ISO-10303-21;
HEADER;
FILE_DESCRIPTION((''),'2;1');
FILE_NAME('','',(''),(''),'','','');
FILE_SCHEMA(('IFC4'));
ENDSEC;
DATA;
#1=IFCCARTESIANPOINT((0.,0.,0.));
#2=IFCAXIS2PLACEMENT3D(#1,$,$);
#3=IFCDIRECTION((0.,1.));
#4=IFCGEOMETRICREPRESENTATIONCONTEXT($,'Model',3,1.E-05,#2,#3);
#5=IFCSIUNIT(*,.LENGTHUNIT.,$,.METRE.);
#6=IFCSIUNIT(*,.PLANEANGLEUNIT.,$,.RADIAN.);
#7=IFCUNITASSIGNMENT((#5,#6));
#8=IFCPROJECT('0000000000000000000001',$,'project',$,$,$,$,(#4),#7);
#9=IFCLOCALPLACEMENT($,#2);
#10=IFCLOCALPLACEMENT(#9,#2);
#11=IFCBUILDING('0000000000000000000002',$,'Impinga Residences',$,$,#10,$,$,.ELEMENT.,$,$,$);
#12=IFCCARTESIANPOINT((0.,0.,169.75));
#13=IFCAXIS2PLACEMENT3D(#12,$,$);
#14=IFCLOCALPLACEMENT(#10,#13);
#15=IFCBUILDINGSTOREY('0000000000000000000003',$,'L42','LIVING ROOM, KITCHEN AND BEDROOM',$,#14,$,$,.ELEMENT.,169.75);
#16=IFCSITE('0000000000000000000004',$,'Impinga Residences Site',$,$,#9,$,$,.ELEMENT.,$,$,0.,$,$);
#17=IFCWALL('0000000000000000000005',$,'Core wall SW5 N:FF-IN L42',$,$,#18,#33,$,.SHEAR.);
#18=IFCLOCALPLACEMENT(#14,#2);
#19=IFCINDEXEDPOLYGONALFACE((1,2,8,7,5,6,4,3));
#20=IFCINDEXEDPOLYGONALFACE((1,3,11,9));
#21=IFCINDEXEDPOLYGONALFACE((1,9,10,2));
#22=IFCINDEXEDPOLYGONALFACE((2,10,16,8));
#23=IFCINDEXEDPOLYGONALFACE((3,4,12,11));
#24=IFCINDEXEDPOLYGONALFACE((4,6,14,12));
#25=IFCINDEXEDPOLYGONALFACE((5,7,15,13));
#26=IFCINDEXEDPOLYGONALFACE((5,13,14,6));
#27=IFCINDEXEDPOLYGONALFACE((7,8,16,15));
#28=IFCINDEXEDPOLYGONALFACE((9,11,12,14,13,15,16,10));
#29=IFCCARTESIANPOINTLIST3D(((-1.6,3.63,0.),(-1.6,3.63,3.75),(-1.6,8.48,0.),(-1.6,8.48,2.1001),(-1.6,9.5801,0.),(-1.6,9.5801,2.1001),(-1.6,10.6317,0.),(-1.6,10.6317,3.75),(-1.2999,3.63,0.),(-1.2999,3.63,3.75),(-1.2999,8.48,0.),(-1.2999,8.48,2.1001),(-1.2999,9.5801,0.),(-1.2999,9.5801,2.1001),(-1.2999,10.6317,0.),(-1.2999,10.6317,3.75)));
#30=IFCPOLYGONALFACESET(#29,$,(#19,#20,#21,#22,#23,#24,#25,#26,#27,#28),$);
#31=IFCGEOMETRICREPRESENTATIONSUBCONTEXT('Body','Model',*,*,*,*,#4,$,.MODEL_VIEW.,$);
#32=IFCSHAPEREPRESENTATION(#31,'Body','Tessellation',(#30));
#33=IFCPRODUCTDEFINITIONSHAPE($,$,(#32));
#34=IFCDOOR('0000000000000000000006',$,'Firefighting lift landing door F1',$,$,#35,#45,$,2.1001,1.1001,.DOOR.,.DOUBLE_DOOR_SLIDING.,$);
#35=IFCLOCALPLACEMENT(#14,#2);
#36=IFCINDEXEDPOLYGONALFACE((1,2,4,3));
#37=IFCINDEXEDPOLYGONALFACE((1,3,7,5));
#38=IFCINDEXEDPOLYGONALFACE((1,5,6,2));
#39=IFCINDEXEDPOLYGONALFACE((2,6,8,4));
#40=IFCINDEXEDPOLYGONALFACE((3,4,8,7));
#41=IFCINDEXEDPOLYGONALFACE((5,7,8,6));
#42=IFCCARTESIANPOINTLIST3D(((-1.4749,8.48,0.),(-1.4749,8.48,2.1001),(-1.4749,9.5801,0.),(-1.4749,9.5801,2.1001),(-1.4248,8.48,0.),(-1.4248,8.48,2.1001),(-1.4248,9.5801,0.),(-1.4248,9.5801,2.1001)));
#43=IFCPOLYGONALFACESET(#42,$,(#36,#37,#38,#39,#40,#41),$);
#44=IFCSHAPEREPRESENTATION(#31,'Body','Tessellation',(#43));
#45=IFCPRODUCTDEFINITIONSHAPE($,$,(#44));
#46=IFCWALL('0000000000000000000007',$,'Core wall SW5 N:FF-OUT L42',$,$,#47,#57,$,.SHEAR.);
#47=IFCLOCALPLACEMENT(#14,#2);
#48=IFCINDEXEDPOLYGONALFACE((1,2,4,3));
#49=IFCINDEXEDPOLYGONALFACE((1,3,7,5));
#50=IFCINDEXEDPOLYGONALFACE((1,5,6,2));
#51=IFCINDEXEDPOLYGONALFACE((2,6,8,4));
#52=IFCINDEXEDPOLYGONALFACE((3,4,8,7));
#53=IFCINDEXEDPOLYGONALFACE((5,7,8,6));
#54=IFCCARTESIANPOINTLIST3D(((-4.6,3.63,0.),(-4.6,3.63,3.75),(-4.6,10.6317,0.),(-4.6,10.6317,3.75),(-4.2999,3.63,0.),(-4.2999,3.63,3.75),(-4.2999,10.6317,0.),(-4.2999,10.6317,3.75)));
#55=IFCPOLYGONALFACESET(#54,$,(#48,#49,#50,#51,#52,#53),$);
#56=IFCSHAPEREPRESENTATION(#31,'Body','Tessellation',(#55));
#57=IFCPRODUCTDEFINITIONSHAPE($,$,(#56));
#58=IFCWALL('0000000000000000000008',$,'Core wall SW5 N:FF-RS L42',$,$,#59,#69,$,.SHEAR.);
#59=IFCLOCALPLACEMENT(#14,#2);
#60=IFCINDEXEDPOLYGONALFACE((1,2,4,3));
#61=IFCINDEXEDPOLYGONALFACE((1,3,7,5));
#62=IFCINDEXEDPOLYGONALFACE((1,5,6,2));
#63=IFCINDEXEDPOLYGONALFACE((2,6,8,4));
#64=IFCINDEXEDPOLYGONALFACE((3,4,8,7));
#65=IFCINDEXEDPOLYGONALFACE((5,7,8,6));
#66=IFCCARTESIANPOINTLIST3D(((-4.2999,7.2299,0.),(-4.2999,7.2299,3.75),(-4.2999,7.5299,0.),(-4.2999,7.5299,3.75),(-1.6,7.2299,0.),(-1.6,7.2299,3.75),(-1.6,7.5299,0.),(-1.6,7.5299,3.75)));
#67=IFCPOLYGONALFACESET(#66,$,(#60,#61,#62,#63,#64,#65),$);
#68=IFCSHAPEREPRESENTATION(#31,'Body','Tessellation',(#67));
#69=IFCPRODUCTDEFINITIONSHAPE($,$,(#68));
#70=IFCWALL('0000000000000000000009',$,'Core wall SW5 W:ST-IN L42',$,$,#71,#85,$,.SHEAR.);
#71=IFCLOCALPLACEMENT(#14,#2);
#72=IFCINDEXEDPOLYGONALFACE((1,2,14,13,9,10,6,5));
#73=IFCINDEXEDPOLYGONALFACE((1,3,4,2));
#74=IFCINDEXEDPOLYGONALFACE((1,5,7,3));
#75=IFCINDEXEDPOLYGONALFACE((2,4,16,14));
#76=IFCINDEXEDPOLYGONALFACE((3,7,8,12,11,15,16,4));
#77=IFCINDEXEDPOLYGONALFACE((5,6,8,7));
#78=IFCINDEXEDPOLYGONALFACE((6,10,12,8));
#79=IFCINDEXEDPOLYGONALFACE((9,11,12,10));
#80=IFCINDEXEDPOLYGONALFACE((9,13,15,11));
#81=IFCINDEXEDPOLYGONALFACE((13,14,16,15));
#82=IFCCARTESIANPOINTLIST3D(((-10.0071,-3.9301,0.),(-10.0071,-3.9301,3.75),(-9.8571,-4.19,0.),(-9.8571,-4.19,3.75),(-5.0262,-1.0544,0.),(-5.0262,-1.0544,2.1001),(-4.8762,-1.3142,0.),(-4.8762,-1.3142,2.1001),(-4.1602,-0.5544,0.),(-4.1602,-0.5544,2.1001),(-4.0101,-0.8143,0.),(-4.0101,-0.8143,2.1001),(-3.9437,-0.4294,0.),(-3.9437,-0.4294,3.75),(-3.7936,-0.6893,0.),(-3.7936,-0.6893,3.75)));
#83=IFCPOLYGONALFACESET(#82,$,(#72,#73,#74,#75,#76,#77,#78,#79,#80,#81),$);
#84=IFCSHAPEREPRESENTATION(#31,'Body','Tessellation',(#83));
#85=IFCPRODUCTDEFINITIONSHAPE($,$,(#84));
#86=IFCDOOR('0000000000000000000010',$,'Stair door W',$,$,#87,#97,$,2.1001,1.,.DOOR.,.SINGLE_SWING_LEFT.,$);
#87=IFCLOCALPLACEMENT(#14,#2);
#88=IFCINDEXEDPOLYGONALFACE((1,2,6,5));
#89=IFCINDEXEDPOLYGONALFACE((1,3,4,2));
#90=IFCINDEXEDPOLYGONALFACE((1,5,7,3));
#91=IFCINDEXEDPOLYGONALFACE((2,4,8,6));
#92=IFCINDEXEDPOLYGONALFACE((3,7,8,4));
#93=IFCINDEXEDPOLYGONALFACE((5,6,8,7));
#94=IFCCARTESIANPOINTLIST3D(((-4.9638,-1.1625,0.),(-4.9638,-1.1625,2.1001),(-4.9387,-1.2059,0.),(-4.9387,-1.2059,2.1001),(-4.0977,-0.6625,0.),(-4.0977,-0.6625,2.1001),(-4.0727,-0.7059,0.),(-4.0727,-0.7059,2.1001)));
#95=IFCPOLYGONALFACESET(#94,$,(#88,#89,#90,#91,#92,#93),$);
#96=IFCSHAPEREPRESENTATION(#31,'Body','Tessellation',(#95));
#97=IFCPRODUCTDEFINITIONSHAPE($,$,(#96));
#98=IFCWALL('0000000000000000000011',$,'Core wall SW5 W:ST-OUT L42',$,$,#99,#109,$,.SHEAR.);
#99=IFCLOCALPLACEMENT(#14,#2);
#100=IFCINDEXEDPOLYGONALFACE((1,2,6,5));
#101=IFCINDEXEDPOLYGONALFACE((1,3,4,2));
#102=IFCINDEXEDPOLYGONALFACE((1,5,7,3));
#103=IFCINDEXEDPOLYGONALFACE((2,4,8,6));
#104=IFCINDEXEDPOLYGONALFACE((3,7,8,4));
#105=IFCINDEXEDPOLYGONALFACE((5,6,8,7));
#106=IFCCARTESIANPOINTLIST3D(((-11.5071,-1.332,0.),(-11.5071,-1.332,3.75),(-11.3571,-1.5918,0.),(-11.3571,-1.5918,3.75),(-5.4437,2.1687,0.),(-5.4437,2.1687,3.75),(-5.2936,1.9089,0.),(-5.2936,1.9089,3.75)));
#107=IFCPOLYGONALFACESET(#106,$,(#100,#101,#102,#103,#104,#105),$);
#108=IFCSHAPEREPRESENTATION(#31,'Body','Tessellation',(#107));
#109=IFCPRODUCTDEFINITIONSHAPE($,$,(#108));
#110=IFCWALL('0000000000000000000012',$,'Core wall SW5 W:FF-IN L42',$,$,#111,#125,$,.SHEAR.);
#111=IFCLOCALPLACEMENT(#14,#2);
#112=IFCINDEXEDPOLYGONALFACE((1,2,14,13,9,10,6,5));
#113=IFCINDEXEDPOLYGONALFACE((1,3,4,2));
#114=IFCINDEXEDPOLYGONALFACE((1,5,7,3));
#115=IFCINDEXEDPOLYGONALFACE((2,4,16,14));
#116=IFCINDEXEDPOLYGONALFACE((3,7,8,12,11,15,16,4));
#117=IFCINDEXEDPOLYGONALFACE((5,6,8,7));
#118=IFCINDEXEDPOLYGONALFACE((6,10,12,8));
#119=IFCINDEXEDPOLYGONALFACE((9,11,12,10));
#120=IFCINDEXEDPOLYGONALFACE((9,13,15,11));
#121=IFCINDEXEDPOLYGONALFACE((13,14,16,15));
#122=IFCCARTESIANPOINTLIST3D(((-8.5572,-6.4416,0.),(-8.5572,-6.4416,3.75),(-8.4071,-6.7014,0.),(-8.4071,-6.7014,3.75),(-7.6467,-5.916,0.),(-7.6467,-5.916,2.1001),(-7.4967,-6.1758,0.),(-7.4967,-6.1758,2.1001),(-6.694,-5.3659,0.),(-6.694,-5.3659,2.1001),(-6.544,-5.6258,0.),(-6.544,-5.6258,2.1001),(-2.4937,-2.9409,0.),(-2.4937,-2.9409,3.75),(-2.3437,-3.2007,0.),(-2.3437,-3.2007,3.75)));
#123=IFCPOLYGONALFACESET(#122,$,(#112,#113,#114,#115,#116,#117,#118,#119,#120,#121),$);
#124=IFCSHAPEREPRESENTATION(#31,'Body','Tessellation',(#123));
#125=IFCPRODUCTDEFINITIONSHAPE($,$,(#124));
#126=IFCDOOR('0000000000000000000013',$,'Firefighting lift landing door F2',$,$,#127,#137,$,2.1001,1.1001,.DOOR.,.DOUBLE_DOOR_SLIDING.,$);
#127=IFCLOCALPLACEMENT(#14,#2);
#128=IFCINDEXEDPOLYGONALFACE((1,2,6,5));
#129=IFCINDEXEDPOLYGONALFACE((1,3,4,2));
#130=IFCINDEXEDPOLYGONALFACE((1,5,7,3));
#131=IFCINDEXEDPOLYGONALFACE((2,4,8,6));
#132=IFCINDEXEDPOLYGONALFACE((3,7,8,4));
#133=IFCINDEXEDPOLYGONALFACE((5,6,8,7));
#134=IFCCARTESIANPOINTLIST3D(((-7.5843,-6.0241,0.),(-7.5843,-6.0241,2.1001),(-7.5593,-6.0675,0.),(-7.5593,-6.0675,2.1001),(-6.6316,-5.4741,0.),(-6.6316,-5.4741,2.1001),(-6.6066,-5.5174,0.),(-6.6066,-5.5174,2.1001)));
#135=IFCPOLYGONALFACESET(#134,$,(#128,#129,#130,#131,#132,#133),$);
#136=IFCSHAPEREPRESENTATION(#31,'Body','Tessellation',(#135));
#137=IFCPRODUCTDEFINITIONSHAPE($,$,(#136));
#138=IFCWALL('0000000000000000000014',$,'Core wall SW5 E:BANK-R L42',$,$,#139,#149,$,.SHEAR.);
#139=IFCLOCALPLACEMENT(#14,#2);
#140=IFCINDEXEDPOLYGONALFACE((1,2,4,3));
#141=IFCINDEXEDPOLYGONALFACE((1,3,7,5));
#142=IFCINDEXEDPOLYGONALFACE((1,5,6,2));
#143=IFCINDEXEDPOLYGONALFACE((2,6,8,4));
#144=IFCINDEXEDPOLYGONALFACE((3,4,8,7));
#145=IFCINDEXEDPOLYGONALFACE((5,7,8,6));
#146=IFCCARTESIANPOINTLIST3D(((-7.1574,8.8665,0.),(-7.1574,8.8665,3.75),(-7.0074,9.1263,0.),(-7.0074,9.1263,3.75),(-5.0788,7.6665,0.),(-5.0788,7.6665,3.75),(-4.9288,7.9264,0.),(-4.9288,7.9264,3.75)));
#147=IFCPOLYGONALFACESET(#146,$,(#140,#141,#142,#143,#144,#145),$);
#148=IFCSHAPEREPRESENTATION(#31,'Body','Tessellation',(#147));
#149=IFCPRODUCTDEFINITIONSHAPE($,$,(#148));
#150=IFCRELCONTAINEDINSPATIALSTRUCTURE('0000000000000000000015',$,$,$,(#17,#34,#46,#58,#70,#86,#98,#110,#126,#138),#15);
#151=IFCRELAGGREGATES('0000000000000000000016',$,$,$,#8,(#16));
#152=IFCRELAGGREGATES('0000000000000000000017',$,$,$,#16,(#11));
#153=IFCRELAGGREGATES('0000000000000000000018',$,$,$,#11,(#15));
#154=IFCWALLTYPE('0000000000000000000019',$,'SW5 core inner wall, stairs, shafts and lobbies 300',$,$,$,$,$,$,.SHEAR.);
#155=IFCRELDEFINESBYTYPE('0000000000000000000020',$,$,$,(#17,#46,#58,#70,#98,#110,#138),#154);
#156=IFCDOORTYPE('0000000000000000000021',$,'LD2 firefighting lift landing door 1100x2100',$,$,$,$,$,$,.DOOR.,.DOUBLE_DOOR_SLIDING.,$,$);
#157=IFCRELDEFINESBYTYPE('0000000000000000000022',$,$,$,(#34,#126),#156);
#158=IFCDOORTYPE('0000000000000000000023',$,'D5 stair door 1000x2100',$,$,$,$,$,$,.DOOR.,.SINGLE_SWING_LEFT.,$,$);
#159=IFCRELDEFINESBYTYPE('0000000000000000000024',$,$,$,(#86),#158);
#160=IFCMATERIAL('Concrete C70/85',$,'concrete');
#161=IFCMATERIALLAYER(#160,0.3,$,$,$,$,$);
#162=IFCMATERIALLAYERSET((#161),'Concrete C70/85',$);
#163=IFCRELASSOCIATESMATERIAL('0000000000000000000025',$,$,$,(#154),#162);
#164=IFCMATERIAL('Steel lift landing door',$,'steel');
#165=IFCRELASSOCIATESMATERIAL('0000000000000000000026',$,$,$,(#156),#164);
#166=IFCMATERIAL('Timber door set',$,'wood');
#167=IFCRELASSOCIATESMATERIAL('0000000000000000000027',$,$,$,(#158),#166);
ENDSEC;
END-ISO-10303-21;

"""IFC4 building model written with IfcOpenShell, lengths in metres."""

from ifc_helpers import new_model, si_unit, direction, frame, frame_2d, origin, place, context, subcontext, project, spatial, rectangle, extrude, material, layer, layer_set, type_object, element, fill, save


model = new_model("IFC4")

# Units and contexts
model_context = context("Model", 3, precision=1e-05, world=origin(), true_north=direction((0.0, 1.0)))
body_context = subcontext(model_context, "Body", "Model", "MODEL_VIEW")
ifc_project = project(units=[si_unit("LENGTHUNIT", "METRE"), si_unit("PLANEANGLEUNIT", "RADIAN")], contexts=[model_context])

# Site, building, storey
site_placement = place(None, origin())
site = spatial("IfcSite", under=ifc_project, at=site_placement, Name="Impinga Residences Site", CompositionType="ELEMENT", RefElevation=0.0)
building_placement = place(site_placement, origin())
building = spatial("IfcBuilding", under=site, at=building_placement, Name="Impinga Residences", CompositionType="ELEMENT")
storey_placement = place(building_placement, frame((0.0, 0.0, 169.75)))
storey = spatial("IfcBuildingStorey", under=building, at=storey_placement, Name="L42", Description="LIVING ROOM, KITCHEN AND BEDROOM", CompositionType="ELEMENT", Elevation=169.75)

# Shared definitions
ifc_material_1 = material(Name="Concrete C70/85", Category="concrete")
ifc_layer_1 = layer(ifc_material_1, 0.3)
ifc_layer_set_1 = layer_set([ifc_layer_1], Name="Concrete C70/85")
wall_type_1 = type_object("IfcWallType", Name="SW5 core inner wall, stairs, shafts and lobbies 300", PredefinedType="SHEAR", material=ifc_layer_set_1)
ifc_material_2 = material(Name="Timber door set", Category="wood")

# Wall, opening, door
wall_1_placement = place(storey_placement, frame((-1.45, 3.6299, 0.0), z_axis=(0.0, 0.0, 1.0), x_axis=(0.0, 1.0, 0.0)))
wall_1 = element("IfcWall", 1, at=wall_1_placement, inside=storey, type_object=wall_type_1, Name="Core wall SW5 N:FF-IN L42", PredefinedType="SHEAR", context=body_context, shape_type="SweptSolid", body=[
    extrude(rectangle(XDim=7.0017, YDim=0.3, at=frame_2d((3.501, 0.0))), origin(), (0.0, 0.0, 1.0), 3.75),
])
opening_1_placement = place(wall_1_placement, frame((4.8501, 0.0, 0.0)))
opening_1 = element("IfcOpeningElement", 2, at=opening_1_placement, cuts=wall_1, PredefinedType="OPENING", context=body_context, shape_type="SweptSolid", body=[
    extrude(rectangle(XDim=1.1001, YDim=2.1001, at=frame_2d((0.55, 1.05))), frame((0.0, 0.1599, 0.0), z_axis=(0.0, -1.0, 0.0), x_axis=(1.0, 0.0, 0.0)), (0.0, 0.0, 1.0), 0.3201),
])
ifc_material_3 = material(Name="Steel lift landing door", Category="steel")
door_type_1 = type_object("IfcDoorType", Name="LD2 firefighting lift landing door 1100x2100", OperationType="DOUBLE_DOOR_SLIDING", PredefinedType="DOOR", material=ifc_material_3)
door_1_placement = place(opening_1_placement, origin())
door_1 = element("IfcDoor", 3, at=door_1_placement, inside=storey, type_object=door_type_1, Name="Firefighting lift landing door F1", OperationType="DOUBLE_DOOR_SLIDING", OverallHeight=2.1001, OverallWidth=1.1001, PredefinedType="DOOR", context=body_context, shape_type="SweptSolid", body=[
    extrude(rectangle(XDim=1.1001, YDim=2.1001, at=frame_2d((0.55, 1.05))), frame((0.0, 0.0249, 0.0), z_axis=(0.0, -1.0, 0.0), x_axis=(1.0, 0.0, 0.0)), (0.0, 0.0, 1.0), 0.05),
])
fill(opening_1, door_1)

# Walls
wall_2_placement = place(storey_placement, frame((-4.45, 3.6299, 0.0), z_axis=(0.0, 0.0, 1.0), x_axis=(0.0, 1.0, 0.0)))
element("IfcWall", 4, at=wall_2_placement, inside=storey, type_object=wall_type_1, Name="Core wall SW5 N:FF-OUT L42", PredefinedType="SHEAR", context=body_context, shape_type="SweptSolid", body=[
    extrude(rectangle(XDim=7.0017, YDim=0.3, at=frame_2d((3.501, 0.0))), origin(), (0.0, 0.0, 1.0), 3.75),
])
wall_3_placement = place(storey_placement, frame((-4.3, 7.3799, 0.0), z_axis=(0.0, 0.0, 1.0), x_axis=(1.0, 0.0, 0.0)))
element("IfcWall", 5, at=wall_3_placement, inside=storey, type_object=wall_type_1, Name="Core wall SW5 N:FF-RS L42", PredefinedType="SHEAR", context=body_context, shape_type="SweptSolid", body=[
    extrude(rectangle(XDim=2.7, YDim=0.3, at=frame_2d((1.3501, 0.0))), origin(), (0.0, 0.0, 1.0), 3.75),
])

# Wall, opening, door
wall_4_placement = place(storey_placement, frame((-3.8687, -0.5593, 0.0), z_axis=(0.0, 0.0, 1.0), x_axis=(-0.866026, -0.499998, 0.0)))
wall_4 = element("IfcWall", 6, at=wall_4_placement, inside=storey, type_object=wall_type_1, Name="Core wall SW5 W:ST-IN L42", PredefinedType="SHEAR", context=body_context, shape_type="SweptSolid", body=[
    extrude(rectangle(XDim=7.0015, YDim=0.3, at=frame_2d((3.5007, 0.0))), origin(), (0.0, 0.0, 1.0), 3.75),
])
opening_2_placement = place(wall_4_placement, frame((0.25, 0.0, 0.0)))
opening_2 = element("IfcOpeningElement", 7, at=opening_2_placement, cuts=wall_4, PredefinedType="OPENING", context=body_context, shape_type="SweptSolid", body=[
    extrude(rectangle(XDim=1.0, YDim=2.1001, at=frame_2d((0.5, 1.05))), frame((0.0, 0.1599, 0.0), z_axis=(0.0, -1.0, 0.0), x_axis=(1.0, 0.0, 0.0)), (0.0, 0.0, 1.0), 0.3201),
])
door_type_2 = type_object("IfcDoorType", Name="D5 stair door 1000x2100", OperationType="SINGLE_SWING_LEFT", PredefinedType="DOOR", material=ifc_material_2)
door_2_placement = place(opening_2_placement, origin())
door_2 = element("IfcDoor", 8, at=door_2_placement, inside=storey, type_object=door_type_2, Name="Stair door W", OperationType="SINGLE_SWING_LEFT", OverallHeight=2.1001, OverallWidth=1.0, PredefinedType="DOOR", context=body_context, shape_type="SweptSolid", body=[
    extrude(rectangle(XDim=1.0, YDim=2.1001, at=frame_2d((0.5, 1.05))), frame((0.0, 0.0249, 0.0), z_axis=(0.0, -1.0, 0.0), x_axis=(1.0, 0.0, 0.0)), (0.0, 0.0, 1.0), 0.05),
])
fill(opening_2, door_2)

# Wall
wall_5_placement = place(storey_placement, frame((-5.3687, 2.0388, 0.0), z_axis=(0.0, 0.0, 1.0), x_axis=(-0.866026, -0.499998, 0.0)))
element("IfcWall", 9, at=wall_5_placement, inside=storey, type_object=wall_type_1, Name="Core wall SW5 W:ST-OUT L42", PredefinedType="SHEAR", context=body_context, shape_type="SweptSolid", body=[
    extrude(rectangle(XDim=7.0015, YDim=0.3, at=frame_2d((3.5007, 0.0))), origin(), (0.0, 0.0, 1.0), 3.75),
])

# Wall, opening, door
wall_6_placement = place(storey_placement, frame((-2.4187, -3.0708, 0.0), z_axis=(0.0, 0.0, 1.0), x_axis=(-0.866026, -0.499998, 0.0)))
wall_6 = element("IfcWall", 10, at=wall_6_placement, inside=storey, type_object=wall_type_1, Name="Core wall SW5 W:FF-IN L42", PredefinedType="SHEAR", context=body_context, shape_type="SweptSolid", body=[
    extrude(rectangle(XDim=7.0015, YDim=0.3, at=frame_2d((3.5007, 0.0))), origin(), (0.0, 0.0, 1.0), 3.75),
])
opening_3_placement = place(wall_6_placement, frame((4.8501, 0.0, 0.0)))
opening_3 = element("IfcOpeningElement", 11, at=opening_3_placement, cuts=wall_6, PredefinedType="OPENING", context=body_context, shape_type="SweptSolid", body=[
    extrude(rectangle(XDim=1.1001, YDim=2.1001, at=frame_2d((0.55, 1.05))), frame((0.0, 0.1599, 0.0), z_axis=(0.0, -1.0, 0.0), x_axis=(1.0, 0.0, 0.0)), (0.0, 0.0, 1.0), 0.3201),
])
door_3_placement = place(opening_3_placement, origin())
door_3 = element("IfcDoor", 12, at=door_3_placement, inside=storey, type_object=door_type_1, Name="Firefighting lift landing door F2", OperationType="DOUBLE_DOOR_SLIDING", OverallHeight=2.1001, OverallWidth=1.1001, PredefinedType="DOOR", context=body_context, shape_type="SweptSolid", body=[
    extrude(rectangle(XDim=1.1001, YDim=2.1001, at=frame_2d((0.55, 1.05))), frame((0.0, 0.0249, 0.0), z_axis=(0.0, -1.0, 0.0), x_axis=(1.0, 0.0, 0.0)), (0.0, 0.0, 1.0), 0.05),
])
fill(opening_3, door_3)

# Wall
wall_7_placement = place(storey_placement, frame((-5.0037, 7.7964, 0.0), z_axis=(0.0, 0.0, 1.0), x_axis=(-0.86605, 0.499957, 0.0)))
element("IfcWall", 13, at=wall_7_placement, inside=storey, type_object=wall_type_1, Name="Core wall SW5 E:BANK-R L42", PredefinedType="SHEAR", context=body_context, shape_type="SweptSolid", body=[
    extrude(rectangle(XDim=2.4001, YDim=0.3, at=frame_2d((1.2002, 0.0))), origin(), (0.0, 0.0, 1.0), 3.75),
])

save(model, "model.ifc")
